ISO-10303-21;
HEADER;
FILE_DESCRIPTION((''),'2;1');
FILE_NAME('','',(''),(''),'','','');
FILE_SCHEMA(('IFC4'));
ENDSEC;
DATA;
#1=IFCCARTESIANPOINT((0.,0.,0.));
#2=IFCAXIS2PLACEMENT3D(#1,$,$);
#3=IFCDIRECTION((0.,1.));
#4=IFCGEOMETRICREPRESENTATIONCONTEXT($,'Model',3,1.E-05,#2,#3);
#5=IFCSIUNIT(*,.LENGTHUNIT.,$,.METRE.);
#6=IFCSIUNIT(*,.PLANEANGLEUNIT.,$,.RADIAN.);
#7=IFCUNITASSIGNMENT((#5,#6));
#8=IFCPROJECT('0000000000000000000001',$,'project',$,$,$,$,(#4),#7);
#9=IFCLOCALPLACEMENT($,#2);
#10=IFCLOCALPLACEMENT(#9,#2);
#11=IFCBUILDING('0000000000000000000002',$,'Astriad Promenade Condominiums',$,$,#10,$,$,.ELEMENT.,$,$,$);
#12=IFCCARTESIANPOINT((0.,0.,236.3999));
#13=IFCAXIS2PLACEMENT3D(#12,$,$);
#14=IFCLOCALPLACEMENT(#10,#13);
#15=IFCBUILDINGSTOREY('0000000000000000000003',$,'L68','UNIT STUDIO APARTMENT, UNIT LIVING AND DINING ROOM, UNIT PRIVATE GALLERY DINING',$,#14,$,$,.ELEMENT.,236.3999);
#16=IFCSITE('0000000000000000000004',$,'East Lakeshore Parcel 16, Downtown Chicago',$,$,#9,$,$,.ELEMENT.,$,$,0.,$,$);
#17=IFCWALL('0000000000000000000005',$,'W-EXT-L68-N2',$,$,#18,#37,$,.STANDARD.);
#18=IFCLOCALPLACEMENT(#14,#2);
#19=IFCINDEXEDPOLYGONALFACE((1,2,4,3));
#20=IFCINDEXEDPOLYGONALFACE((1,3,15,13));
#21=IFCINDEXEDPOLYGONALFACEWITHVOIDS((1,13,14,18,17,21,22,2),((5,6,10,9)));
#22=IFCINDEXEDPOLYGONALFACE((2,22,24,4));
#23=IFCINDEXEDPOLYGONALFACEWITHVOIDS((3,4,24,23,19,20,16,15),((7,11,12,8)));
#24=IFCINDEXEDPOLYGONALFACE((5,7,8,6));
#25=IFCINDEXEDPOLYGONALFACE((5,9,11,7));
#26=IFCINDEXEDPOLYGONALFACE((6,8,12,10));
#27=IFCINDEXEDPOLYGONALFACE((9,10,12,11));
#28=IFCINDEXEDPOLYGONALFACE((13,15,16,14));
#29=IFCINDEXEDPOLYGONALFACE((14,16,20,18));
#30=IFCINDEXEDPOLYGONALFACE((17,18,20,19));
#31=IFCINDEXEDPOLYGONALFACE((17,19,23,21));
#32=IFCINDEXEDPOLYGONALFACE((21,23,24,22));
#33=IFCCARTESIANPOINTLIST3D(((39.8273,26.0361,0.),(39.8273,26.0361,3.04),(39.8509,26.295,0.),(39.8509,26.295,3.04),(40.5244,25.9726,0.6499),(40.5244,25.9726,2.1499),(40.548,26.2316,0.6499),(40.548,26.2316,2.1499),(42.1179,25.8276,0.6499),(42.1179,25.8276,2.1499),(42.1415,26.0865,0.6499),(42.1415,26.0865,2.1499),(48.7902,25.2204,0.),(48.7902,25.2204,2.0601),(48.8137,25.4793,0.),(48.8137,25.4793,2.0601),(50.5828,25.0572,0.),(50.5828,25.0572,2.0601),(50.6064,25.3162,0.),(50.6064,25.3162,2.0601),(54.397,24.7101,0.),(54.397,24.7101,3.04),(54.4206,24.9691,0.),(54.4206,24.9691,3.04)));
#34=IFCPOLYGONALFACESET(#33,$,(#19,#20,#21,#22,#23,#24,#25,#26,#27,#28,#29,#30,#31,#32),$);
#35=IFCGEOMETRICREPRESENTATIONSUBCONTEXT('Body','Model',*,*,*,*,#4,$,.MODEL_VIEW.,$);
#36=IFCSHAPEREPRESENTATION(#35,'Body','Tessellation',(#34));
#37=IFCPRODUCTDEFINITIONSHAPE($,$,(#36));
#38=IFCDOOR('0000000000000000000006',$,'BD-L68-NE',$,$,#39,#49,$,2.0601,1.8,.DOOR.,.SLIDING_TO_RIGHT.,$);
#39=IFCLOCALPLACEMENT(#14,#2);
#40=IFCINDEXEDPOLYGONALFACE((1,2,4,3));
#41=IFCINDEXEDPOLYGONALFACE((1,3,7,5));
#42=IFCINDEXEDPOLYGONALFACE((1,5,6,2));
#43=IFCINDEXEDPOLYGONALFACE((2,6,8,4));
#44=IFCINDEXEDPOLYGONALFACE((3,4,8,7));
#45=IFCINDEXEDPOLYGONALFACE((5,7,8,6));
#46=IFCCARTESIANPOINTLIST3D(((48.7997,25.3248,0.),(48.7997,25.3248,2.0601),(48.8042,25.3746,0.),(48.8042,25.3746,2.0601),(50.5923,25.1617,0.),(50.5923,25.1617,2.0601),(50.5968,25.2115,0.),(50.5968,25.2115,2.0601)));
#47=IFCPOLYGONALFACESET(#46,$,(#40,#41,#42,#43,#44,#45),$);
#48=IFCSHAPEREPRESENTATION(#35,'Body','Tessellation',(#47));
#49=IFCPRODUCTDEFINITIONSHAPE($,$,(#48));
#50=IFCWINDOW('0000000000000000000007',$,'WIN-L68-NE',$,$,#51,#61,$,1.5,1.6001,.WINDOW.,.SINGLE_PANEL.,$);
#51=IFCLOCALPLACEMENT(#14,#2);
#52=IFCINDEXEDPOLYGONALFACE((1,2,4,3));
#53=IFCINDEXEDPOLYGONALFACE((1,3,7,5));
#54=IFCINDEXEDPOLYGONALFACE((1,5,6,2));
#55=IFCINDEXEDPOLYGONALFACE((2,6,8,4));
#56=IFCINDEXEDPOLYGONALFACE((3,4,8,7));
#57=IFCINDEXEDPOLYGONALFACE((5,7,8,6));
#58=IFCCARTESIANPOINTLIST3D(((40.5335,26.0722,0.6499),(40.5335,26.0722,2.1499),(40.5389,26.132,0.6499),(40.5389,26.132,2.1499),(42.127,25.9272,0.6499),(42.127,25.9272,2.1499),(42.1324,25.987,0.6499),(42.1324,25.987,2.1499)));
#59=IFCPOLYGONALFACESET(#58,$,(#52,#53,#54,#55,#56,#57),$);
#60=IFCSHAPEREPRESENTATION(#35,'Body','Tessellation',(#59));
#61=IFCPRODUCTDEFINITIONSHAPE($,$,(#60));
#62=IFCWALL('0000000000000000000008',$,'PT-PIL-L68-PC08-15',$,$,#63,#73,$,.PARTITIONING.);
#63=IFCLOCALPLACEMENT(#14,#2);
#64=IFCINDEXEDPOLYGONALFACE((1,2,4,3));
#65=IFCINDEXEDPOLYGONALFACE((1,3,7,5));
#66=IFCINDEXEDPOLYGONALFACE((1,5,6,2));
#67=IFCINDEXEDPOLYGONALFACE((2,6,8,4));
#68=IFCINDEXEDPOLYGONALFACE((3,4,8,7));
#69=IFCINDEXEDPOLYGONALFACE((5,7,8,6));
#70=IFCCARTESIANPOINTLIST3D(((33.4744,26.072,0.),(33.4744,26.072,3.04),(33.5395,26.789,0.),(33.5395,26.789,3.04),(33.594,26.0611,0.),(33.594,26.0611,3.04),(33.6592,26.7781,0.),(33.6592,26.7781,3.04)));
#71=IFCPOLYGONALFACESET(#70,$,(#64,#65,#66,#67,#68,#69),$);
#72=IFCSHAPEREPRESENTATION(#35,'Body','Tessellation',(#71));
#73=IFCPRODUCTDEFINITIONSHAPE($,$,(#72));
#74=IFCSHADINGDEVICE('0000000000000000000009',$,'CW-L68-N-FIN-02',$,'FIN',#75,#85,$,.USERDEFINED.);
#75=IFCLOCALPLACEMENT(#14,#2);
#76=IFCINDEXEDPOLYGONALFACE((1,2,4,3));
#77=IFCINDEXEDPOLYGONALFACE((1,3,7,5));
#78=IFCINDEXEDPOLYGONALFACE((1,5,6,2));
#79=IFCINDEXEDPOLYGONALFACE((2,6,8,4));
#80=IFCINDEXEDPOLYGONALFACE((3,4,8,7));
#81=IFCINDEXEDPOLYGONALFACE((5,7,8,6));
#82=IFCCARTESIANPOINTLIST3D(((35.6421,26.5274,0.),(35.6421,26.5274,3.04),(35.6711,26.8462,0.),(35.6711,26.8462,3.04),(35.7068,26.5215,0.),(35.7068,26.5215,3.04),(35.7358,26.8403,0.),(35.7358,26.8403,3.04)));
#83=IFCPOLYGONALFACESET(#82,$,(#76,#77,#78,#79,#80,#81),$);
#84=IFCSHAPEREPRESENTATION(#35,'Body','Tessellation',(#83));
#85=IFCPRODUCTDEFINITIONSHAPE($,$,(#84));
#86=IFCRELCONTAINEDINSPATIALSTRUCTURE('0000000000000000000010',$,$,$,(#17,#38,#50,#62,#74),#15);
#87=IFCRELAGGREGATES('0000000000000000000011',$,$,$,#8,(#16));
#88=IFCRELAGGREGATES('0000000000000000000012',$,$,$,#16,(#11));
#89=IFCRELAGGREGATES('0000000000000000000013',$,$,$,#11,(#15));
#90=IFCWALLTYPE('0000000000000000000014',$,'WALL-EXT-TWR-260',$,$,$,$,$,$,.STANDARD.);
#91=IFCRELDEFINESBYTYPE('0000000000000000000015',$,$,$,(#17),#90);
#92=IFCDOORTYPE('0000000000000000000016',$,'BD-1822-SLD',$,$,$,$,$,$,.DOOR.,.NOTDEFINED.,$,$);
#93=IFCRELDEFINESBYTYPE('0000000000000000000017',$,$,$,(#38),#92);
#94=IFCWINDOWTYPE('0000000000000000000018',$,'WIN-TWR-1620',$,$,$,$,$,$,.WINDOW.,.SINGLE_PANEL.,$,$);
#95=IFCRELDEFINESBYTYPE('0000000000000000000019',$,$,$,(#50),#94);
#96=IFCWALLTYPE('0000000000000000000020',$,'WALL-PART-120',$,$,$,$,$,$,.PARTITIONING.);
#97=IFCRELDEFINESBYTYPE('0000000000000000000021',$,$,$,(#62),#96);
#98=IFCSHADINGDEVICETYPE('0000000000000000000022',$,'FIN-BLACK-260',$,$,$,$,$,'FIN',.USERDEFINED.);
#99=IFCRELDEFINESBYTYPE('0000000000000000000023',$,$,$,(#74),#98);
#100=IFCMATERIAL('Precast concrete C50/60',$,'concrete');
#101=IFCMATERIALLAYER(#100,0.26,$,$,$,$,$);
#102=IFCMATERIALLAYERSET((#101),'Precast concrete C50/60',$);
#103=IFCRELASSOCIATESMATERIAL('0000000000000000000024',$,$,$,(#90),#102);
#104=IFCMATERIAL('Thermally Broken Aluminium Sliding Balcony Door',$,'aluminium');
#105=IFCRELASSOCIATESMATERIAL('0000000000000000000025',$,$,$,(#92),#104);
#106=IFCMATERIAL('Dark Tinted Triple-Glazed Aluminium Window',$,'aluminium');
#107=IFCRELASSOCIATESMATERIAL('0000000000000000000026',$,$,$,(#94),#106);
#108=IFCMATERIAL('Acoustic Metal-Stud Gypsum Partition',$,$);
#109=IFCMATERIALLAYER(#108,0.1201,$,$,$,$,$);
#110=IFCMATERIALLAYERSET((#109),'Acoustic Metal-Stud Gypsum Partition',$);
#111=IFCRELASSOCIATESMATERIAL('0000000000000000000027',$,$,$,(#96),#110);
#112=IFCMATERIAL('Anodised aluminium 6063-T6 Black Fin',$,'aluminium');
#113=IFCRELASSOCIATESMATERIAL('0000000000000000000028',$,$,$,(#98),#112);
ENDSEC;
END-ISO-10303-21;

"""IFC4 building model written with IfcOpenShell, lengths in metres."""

from ifc_helpers import new_model, si_unit, direction, frame, frame_2d, origin, origin_2d, place, context, subcontext, project, spatial, rectangle, extrude, source, transform, mapped, material, layer, layer_set, type_object, type_shapes, element, fill, save


model = new_model("IFC4")

# Units and contexts
model_context = context("Model", 3, precision=1e-05, world=origin(), true_north=direction((0.0, 1.0)))
body_context = subcontext(model_context, "Body", "Model", "MODEL_VIEW")
ifc_project = project(units=[si_unit("LENGTHUNIT", "METRE"), si_unit("PLANEANGLEUNIT", "RADIAN")], contexts=[model_context])

# Site, building, storey
site_placement = place(None, origin())
site = spatial("IfcSite", under=ifc_project, at=site_placement, Name="East Lakeshore Parcel 16, Downtown Chicago", CompositionType="ELEMENT", RefElevation=0.0)
building_placement = place(site_placement, origin())
building = spatial("IfcBuilding", under=site, at=building_placement, Name="Astriad Promenade Condominiums", CompositionType="ELEMENT")
storey_placement = place(building_placement, frame((0.0, 0.0, 236.3999)))
storey = spatial("IfcBuildingStorey", under=building, at=storey_placement, Name="L68", Description="UNIT STUDIO APARTMENT, UNIT LIVING AND DINING ROOM, UNIT PRIVATE GALLERY DINING", CompositionType="ELEMENT", Elevation=236.3999)

# Wall, openings, door, window
ifc_material_1 = material(Name="Precast concrete C50/60", Category="concrete")
ifc_layer_1 = layer(ifc_material_1, 0.26)
ifc_layer_set_1 = layer_set([ifc_layer_1], Name="Precast concrete C50/60")
wall_type_1 = type_object("IfcWallType", Name="WALL-EXT-TWR-260", PredefinedType="STANDARD", material=ifc_layer_set_1)
wall_1_placement = place(storey_placement, frame((39.8391, 26.1655, 0.0), z_axis=(0.0, 0.0, 1.0), x_axis=(0.995884, -0.090632, 0.0)))
wall_1 = element("IfcWall", 1, at=wall_1_placement, inside=storey, type_object=wall_type_1, Name="W-EXT-L68-N2", PredefinedType="STANDARD", context=body_context, shape_type="SweptSolid", body=[
    extrude(rectangle(XDim=14.6299, YDim=0.26, at=frame_2d((7.3149, 0.0))), origin(), (0.0, 0.0, 1.0), 3.04),
])
opening_1_placement = place(wall_1_placement, frame((9.0, 0.0, 0.0)))
opening_1 = element("IfcOpeningElement", 2, at=opening_1_placement, cuts=wall_1, PredefinedType="OPENING", context=body_context, shape_type="SweptSolid", body=[
    extrude(rectangle(XDim=1.8, YDim=2.0601, at=frame_2d((0.8999, 1.03))), frame((0.0, 0.1399, 0.0), z_axis=(0.0, -1.0, 0.0), x_axis=(1.0, 0.0, 0.0)), (0.0, 0.0, 1.0), 0.28),
])
opening_2_placement = place(wall_1_placement, frame((0.7, 0.0, 0.6499)))
opening_2 = element("IfcOpeningElement", 3, at=opening_2_placement, cuts=wall_1, PredefinedType="OPENING", context=body_context, shape_type="SweptSolid", body=[
    extrude(rectangle(XDim=1.6001, YDim=1.5, at=frame_2d((0.8, 0.75))), frame((0.0, 0.1399, 0.0), z_axis=(0.0, -1.0, 0.0), x_axis=(1.0, 0.0, 0.0)), (0.0, 0.0, 1.0), 0.28),
])
ifc_material_2 = material(Name="Thermally Broken Aluminium Sliding Balcony Door", Category="aluminium")
door_type = type_object("IfcDoorType", Name="BD-1822-SLD", OperationType="NOTDEFINED", PredefinedType="DOOR", material=ifc_material_2)
shared_shape_1 = source(origin(), body_context, "Body", "SweptSolid", [
    extrude(rectangle(XDim=1.8, YDim=2.0601, at=frame_2d((0.8999, 1.03))), frame((0.0, 0.0249, 0.0), z_axis=(0.0, -1.0, 0.0), x_axis=(1.0, 0.0, 0.0)), (0.0, 0.0, 1.0), 0.05),
])
type_shapes(door_type, [shared_shape_1])
door_placement = place(opening_1_placement, origin())
door = element("IfcDoor", 4, at=door_placement, inside=storey, type_object=door_type, Name="BD-L68-NE", OperationType="SLIDING_TO_RIGHT", OverallHeight=2.0601, OverallWidth=1.8, PredefinedType="DOOR", context=body_context, shape_type="MappedRepresentation", body=[
    mapped(shared_shape_1, transform((0.0, 0.0, 0.0), scale=1.0)),
])
fill(opening_1, door)
ifc_material_3 = material(Name="Dark Tinted Triple-Glazed Aluminium Window", Category="aluminium")
window_type = type_object("IfcWindowType", Name="WIN-TWR-1620", PartitioningType="SINGLE_PANEL", PredefinedType="WINDOW", material=ifc_material_3)
shared_shape_2 = source(origin(), body_context, "Body", "SweptSolid", [
    extrude(rectangle(XDim=1.6001, YDim=1.5, at=frame_2d((0.8, 0.75))), frame((0.0, 0.03, 0.0), z_axis=(0.0, -1.0, 0.0), x_axis=(1.0, 0.0, 0.0)), (0.0, 0.0, 1.0), 0.0601),
])
type_shapes(window_type, [shared_shape_2])
window_placement = place(opening_2_placement, origin())
window = element("IfcWindow", 5, at=window_placement, inside=storey, type_object=window_type, Name="WIN-L68-NE", OverallHeight=1.5, OverallWidth=1.6001, PartitioningType="SINGLE_PANEL", PredefinedType="WINDOW", context=body_context, shape_type="MappedRepresentation", body=[
    mapped(shared_shape_2, transform((0.0, 0.0, 0.0), scale=1.0)),
])
fill(opening_2, window)

# Wall
ifc_material_4 = material(Name="Acoustic Metal-Stud Gypsum Partition")
ifc_layer_2 = layer(ifc_material_4, 0.1201)
ifc_layer_set_2 = layer_set([ifc_layer_2], Name="Acoustic Metal-Stud Gypsum Partition")
wall_type_2 = type_object("IfcWallType", Name="WALL-PART-120", PredefinedType="PARTITIONING", material=ifc_layer_set_2)
wall_2_placement = place(storey_placement, frame((33.5342, 26.0667, 0.0), z_axis=(0.0, 0.0, 1.0), x_axis=(0.090536, 0.995893, 0.0)))
element("IfcWall", 6, at=wall_2_placement, inside=storey, type_object=wall_type_2, Name="PT-PIL-L68-PC08-15", PredefinedType="PARTITIONING", context=body_context, shape_type="SweptSolid", body=[
    extrude(rectangle(XDim=0.72, YDim=0.1201, at=frame_2d((0.3599, 0.0))), origin(), (0.0, 0.0, 1.0), 3.04),
])

# Shading device
ifc_material_5 = material(Name="Anodised aluminium 6063-T6 Black Fin", Category="aluminium")
shading_device_type = type_object("IfcShadingDeviceType", Name="FIN-BLACK-260", ElementType="FIN", PredefinedType="USERDEFINED", material=ifc_material_5)
shared_shape_3 = source(origin(), body_context, "Body", "SweptSolid", [
    extrude(rectangle(XDim=0.0649, YDim=0.3201, at=origin_2d()), origin(), (0.0, 0.0, 1.0), 3.04),
])
type_shapes(shading_device_type, [shared_shape_3])
shading_device_placement = place(storey_placement, frame((35.689, 26.6838, 0.0), z_axis=(0.0, 0.0, 1.0), x_axis=(0.995884, -0.090633, 0.0)))
element("IfcShadingDevice", 7, at=shading_device_placement, inside=storey, type_object=shading_device_type, Name="CW-L68-N-FIN-02", ObjectType="FIN", PredefinedType="USERDEFINED", context=body_context, shape_type="MappedRepresentation", body=[
    mapped(shared_shape_3, transform((0.0, 0.0, 0.0), scale=1.0)),
])

save(model, "model.ifc")
